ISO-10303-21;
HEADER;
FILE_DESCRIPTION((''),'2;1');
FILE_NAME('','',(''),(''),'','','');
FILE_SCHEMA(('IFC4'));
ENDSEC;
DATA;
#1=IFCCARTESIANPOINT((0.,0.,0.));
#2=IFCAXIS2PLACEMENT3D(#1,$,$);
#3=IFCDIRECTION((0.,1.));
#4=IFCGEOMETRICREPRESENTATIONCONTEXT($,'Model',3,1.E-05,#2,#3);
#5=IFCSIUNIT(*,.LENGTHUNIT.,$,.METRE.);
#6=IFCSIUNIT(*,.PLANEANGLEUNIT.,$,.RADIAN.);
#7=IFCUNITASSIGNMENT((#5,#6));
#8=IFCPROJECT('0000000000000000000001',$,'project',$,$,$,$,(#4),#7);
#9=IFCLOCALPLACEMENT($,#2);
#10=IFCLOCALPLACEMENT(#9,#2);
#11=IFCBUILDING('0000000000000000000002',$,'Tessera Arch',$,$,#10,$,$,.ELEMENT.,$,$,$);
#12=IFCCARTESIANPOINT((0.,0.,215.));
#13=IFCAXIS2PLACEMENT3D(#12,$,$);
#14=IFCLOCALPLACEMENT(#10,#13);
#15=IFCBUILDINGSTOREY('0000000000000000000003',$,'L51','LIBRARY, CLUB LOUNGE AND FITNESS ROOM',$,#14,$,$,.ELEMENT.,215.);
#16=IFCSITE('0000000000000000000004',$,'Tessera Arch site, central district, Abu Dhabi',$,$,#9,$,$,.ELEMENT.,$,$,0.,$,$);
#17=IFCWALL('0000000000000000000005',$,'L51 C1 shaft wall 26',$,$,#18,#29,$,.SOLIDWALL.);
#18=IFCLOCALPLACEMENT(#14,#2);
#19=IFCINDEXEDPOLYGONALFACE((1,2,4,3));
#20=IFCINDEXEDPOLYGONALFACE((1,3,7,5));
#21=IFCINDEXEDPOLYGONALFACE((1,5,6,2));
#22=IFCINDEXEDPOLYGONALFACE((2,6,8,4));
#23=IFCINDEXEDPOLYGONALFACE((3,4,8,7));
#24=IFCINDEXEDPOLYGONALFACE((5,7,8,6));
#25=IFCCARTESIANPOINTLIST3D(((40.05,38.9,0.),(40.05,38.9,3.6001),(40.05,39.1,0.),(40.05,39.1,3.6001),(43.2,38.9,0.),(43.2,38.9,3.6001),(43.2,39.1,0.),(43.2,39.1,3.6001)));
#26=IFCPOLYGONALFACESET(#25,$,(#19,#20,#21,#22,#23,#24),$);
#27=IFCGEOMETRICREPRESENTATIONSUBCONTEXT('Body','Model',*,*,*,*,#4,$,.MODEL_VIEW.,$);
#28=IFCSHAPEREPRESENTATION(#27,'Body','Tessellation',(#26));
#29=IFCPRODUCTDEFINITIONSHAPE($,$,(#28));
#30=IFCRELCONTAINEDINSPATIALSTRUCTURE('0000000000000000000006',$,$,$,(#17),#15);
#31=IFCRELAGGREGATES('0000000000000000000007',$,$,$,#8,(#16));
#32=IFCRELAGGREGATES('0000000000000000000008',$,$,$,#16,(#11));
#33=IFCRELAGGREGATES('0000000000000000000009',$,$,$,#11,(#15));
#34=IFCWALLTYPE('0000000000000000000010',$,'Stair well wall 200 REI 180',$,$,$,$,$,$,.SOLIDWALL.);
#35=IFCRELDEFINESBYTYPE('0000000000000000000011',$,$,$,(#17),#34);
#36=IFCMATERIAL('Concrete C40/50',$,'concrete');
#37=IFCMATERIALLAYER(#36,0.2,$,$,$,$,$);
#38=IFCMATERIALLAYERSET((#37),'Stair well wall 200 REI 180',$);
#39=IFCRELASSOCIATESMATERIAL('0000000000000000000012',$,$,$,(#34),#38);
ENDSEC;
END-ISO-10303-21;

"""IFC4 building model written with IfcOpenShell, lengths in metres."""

from ifc_helpers import new_model, si_unit, direction, frame, frame_2d, origin, place, context, subcontext, project, spatial, rectangle, extrude, material, layer, layer_set, type_object, element, save


model = new_model("IFC4")

# Units and contexts
model_context = context("Model", 3, precision=1e-05, world=origin(), true_north=direction((0.0, 1.0)))
body_context = subcontext(model_context, "Body", "Model", "MODEL_VIEW")
ifc_project = project(units=[si_unit("LENGTHUNIT", "METRE"), si_unit("PLANEANGLEUNIT", "RADIAN")], contexts=[model_context])

# Site, building, storey
site_placement = place(None, origin())
site = spatial("IfcSite", under=ifc_project, at=site_placement, Name="Tessera Arch site, central district, Abu Dhabi", CompositionType="ELEMENT", RefElevation=0.0)
building_placement = place(site_placement, origin())
building = spatial("IfcBuilding", under=site, at=building_placement, Name="Tessera Arch", CompositionType="ELEMENT")
storey_placement = place(building_placement, frame((0.0, 0.0, 215.0)))
storey = spatial("IfcBuildingStorey", under=building, at=storey_placement, Name="L51", Description="LIBRARY, CLUB LOUNGE AND FITNESS ROOM", CompositionType="ELEMENT", Elevation=215.0)

# Wall
ifc_material_1 = material(Name="Concrete C40/50", Category="concrete")
ifc_layer_1 = layer(ifc_material_1, 0.2)
ifc_layer_set_1 = layer_set([ifc_layer_1], Name="Stair well wall 200 REI 180")
wall_type_1 = type_object("IfcWallType", Name="Stair well wall 200 REI 180", PredefinedType="SOLIDWALL", material=ifc_layer_set_1)
wall_1_placement = place(storey_placement, frame((40.05, 39.0, 0.0), z_axis=(0.0, 0.0, 1.0), x_axis=(1.0, 0.0, 0.0)))
element("IfcWall", 1, at=wall_1_placement, inside=storey, type_object=wall_type_1, Name="L51 C1 shaft wall 26", PredefinedType="SOLIDWALL", context=body_context, shape_type="SweptSolid", body=[
    extrude(rectangle(XDim=3.1499, YDim=0.2, at=frame_2d((1.575, 0.0))), origin(), (0.0, 0.0, 1.0), 3.6001),
])

save(model, "model.ifc")
